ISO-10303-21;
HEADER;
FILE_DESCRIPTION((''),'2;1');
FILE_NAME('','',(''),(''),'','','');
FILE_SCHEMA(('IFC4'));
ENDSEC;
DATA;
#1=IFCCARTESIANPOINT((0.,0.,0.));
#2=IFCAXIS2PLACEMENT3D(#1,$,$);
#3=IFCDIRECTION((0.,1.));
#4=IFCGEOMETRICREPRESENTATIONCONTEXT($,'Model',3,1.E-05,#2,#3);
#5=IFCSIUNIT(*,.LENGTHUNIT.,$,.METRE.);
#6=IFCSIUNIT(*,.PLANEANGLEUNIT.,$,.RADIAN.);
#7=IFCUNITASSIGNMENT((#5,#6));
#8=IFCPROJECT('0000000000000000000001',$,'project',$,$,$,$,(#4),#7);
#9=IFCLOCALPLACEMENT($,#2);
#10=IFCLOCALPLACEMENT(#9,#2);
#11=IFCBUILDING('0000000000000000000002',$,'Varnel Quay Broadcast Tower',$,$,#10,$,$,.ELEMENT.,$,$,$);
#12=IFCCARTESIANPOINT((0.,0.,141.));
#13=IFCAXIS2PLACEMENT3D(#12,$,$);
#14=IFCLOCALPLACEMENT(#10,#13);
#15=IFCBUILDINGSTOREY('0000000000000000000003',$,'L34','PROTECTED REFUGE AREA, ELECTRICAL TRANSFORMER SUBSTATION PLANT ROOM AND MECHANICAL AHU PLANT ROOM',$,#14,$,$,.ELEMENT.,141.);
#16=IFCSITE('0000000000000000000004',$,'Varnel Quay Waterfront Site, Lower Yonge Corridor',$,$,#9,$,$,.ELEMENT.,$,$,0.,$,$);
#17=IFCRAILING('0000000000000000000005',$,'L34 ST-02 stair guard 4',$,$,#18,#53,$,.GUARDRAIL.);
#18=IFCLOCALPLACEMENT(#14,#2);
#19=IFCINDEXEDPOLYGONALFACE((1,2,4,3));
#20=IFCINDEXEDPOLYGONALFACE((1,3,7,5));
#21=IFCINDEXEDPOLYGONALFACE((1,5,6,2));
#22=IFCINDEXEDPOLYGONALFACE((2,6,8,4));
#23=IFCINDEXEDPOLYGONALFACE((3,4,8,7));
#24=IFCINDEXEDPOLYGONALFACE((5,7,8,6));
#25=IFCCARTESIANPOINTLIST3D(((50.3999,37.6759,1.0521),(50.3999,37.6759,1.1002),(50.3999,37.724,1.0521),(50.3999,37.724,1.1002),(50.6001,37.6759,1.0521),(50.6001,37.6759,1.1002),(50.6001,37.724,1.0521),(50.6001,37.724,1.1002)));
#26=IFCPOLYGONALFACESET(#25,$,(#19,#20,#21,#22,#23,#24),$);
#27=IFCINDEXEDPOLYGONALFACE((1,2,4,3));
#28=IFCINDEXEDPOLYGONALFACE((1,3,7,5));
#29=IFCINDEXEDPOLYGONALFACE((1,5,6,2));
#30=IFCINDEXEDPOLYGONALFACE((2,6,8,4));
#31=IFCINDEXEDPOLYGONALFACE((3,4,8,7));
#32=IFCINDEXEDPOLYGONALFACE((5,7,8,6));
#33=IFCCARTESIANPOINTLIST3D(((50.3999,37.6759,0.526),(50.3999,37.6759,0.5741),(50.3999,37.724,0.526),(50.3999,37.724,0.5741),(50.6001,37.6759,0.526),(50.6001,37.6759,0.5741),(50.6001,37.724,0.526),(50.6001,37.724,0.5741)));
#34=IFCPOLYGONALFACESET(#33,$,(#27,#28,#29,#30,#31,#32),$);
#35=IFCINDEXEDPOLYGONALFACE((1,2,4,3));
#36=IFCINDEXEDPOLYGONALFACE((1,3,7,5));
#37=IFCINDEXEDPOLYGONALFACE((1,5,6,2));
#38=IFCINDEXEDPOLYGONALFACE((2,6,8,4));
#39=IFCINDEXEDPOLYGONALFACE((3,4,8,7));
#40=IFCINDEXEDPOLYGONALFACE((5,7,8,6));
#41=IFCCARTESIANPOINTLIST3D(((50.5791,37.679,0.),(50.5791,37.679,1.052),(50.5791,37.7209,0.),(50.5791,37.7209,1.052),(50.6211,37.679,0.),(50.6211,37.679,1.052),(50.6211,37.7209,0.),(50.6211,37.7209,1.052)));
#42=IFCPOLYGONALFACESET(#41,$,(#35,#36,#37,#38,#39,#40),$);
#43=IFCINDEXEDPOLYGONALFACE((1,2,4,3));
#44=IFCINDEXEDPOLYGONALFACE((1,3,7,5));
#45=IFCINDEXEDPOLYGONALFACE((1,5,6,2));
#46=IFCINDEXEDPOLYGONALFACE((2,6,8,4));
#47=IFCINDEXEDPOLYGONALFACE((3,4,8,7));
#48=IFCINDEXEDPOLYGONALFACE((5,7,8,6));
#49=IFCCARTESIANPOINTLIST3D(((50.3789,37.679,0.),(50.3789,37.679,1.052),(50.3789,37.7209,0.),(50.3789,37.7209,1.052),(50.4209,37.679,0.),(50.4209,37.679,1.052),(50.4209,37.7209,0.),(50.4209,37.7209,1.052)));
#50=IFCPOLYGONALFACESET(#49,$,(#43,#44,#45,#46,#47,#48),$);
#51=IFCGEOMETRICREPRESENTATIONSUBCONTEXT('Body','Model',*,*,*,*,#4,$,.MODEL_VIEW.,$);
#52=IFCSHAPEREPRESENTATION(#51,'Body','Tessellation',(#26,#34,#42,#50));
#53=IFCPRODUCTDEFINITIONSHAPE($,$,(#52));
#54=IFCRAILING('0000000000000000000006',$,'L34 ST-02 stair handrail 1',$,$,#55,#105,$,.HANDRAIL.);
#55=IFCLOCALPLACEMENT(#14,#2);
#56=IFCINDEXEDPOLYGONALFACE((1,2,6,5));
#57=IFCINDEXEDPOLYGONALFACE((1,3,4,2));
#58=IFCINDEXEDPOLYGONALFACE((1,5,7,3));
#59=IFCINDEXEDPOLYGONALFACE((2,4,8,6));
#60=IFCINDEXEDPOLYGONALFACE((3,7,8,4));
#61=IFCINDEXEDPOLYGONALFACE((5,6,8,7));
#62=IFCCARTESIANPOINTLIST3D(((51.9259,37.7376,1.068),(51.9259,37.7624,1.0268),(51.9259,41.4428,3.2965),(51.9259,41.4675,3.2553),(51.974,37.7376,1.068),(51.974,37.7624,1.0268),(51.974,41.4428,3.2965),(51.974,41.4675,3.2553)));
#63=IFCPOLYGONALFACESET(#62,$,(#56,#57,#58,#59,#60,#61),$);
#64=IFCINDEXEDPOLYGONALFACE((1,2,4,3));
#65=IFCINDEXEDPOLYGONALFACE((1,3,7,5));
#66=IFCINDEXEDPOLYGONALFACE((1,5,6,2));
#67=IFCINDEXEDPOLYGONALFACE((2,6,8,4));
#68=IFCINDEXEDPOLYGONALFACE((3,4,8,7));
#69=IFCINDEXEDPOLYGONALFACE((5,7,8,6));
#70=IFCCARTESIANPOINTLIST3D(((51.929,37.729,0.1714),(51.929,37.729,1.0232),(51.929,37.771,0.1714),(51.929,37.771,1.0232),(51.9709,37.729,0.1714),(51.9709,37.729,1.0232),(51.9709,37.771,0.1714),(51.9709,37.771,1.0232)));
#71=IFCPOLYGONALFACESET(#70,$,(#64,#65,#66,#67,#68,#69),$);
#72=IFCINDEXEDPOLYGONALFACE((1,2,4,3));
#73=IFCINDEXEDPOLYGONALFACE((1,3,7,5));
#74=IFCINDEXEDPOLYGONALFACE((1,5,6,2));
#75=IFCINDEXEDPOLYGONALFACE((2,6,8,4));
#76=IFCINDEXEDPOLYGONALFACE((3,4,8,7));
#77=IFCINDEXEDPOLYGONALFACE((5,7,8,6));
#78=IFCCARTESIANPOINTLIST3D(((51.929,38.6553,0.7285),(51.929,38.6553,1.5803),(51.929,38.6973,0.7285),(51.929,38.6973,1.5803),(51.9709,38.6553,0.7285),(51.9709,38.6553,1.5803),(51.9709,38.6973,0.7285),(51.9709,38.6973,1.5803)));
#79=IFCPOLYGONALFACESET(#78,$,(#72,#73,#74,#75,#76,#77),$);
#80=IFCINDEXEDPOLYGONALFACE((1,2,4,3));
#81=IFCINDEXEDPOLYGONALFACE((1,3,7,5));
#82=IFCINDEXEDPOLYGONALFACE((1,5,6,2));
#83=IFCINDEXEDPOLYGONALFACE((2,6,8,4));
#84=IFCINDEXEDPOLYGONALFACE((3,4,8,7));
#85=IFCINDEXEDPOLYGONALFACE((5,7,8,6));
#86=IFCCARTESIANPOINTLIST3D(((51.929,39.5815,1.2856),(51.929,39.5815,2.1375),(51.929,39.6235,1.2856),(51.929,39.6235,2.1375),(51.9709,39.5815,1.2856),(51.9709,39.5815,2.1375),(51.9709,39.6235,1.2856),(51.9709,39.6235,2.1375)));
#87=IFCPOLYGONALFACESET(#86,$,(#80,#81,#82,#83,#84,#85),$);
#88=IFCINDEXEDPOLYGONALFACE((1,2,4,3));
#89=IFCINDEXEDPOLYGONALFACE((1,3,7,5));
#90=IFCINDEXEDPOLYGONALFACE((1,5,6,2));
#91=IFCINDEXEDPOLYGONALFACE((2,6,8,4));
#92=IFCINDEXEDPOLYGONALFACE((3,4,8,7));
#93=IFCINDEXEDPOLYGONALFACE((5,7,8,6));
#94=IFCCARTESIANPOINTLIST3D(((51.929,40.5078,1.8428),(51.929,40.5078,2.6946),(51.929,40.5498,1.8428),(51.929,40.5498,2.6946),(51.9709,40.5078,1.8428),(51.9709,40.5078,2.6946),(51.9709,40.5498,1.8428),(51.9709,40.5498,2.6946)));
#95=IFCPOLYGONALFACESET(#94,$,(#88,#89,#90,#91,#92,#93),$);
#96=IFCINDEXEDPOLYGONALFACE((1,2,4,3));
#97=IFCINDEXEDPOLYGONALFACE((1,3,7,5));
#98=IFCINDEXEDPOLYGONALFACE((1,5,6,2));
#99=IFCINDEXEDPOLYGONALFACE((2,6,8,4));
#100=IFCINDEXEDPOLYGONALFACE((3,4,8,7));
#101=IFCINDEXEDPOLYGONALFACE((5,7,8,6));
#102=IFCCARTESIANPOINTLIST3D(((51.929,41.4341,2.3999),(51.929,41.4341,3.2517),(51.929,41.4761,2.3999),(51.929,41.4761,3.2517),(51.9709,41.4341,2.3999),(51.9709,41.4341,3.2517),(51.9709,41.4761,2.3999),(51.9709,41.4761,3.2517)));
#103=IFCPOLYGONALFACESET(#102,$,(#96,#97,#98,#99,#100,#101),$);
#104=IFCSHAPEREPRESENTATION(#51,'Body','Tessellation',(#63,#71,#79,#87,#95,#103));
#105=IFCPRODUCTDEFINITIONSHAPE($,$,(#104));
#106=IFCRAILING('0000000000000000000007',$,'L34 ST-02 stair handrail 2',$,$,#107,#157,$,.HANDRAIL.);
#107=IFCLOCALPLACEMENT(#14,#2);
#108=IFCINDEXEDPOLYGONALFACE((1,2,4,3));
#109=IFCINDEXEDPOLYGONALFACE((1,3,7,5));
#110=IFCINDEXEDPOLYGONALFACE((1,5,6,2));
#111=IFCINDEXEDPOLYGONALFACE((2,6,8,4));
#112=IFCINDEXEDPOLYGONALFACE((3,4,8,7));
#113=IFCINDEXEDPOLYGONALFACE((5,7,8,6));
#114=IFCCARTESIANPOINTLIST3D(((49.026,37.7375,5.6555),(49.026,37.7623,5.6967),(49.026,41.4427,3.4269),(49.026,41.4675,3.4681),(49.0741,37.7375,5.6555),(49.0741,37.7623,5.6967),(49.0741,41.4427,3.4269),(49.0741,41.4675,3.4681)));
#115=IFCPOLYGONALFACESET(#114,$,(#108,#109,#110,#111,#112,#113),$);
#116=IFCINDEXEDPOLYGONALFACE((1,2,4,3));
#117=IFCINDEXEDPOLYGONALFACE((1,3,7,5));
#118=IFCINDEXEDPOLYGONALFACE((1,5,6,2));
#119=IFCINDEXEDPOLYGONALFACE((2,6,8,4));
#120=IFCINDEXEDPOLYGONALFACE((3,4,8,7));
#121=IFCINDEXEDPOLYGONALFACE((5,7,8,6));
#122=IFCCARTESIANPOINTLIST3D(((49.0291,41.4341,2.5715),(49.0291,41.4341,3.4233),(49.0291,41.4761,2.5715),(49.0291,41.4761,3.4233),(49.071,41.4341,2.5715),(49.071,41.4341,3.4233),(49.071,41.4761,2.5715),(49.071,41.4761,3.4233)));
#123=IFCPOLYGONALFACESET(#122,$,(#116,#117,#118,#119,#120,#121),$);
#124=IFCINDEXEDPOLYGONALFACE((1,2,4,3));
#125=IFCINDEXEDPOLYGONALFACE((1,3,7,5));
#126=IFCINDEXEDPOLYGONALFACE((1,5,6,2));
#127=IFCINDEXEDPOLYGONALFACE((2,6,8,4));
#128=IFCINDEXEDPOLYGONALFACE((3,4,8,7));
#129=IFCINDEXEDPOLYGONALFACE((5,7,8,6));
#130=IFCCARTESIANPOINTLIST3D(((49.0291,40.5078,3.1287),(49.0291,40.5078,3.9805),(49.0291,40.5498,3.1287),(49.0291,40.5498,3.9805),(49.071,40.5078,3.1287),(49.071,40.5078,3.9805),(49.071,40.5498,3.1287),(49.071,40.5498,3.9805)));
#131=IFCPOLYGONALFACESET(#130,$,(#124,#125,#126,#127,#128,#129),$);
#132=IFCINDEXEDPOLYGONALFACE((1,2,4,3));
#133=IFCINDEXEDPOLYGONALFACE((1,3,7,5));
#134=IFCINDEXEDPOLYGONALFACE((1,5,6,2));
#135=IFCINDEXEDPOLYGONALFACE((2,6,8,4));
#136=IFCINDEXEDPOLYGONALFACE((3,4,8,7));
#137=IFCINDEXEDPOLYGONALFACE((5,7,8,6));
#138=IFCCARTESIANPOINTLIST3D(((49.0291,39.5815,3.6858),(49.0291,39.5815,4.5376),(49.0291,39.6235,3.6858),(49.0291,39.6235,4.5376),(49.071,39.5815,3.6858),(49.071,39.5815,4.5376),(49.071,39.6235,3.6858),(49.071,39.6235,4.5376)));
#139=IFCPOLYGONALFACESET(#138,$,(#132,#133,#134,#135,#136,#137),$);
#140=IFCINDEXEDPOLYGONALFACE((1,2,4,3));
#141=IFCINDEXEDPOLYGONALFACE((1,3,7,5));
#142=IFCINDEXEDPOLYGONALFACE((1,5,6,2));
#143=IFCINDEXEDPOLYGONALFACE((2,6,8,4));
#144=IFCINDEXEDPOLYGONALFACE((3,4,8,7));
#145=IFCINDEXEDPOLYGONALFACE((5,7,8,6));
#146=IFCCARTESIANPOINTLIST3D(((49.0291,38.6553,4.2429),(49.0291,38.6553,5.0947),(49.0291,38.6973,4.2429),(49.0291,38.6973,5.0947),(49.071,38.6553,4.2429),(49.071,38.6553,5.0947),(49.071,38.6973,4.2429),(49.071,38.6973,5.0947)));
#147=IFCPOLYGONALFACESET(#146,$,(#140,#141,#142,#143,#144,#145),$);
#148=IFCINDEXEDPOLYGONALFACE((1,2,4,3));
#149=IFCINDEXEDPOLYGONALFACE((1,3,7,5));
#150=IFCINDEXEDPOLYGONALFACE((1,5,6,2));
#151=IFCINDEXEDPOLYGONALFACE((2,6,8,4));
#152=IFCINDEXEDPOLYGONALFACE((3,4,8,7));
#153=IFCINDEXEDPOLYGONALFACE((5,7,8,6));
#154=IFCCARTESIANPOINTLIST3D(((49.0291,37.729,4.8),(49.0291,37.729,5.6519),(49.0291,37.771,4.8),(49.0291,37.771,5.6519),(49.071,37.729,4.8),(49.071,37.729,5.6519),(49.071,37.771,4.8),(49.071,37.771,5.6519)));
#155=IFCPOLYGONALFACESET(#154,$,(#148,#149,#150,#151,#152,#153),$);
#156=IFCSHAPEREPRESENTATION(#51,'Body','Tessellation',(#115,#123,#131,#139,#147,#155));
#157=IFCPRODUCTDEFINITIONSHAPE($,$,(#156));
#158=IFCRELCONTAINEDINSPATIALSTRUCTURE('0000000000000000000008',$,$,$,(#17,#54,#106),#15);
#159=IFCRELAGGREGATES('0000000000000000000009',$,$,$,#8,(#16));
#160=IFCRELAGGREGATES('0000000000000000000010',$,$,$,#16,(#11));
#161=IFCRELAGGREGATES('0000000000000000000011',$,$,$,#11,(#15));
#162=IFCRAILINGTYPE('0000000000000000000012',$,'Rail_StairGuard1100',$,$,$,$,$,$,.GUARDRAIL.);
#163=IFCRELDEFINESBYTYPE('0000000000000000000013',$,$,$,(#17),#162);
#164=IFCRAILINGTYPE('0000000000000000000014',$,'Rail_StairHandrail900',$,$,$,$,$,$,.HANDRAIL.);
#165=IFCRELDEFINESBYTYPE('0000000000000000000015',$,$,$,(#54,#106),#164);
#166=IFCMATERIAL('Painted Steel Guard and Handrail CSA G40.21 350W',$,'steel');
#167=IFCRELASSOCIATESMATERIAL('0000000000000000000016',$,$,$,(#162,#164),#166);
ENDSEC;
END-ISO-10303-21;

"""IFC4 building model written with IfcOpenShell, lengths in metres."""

from ifc_helpers import new_model, si_unit, direction, frame, origin, origin_2d, place, context, subcontext, project, spatial, rectangle, extrude, material, type_object, element, save


model = new_model("IFC4")

# Units and contexts
model_context = context("Model", 3, precision=1e-05, world=origin(), true_north=direction((0.0, 1.0)))
body_context = subcontext(model_context, "Body", "Model", "MODEL_VIEW")
ifc_project = project(units=[si_unit("LENGTHUNIT", "METRE"), si_unit("PLANEANGLEUNIT", "RADIAN")], contexts=[model_context])

# Site, building, storey
site_placement = place(None, origin())
site = spatial("IfcSite", under=ifc_project, at=site_placement, Name="Varnel Quay Waterfront Site, Lower Yonge Corridor", CompositionType="ELEMENT", RefElevation=0.0)
building_placement = place(site_placement, origin())
building = spatial("IfcBuilding", under=site, at=building_placement, Name="Varnel Quay Broadcast Tower", CompositionType="ELEMENT")
storey_placement = place(building_placement, frame((0.0, 0.0, 141.0)))
storey = spatial("IfcBuildingStorey", under=building, at=storey_placement, Name="L34", Description="PROTECTED REFUGE AREA, ELECTRICAL TRANSFORMER SUBSTATION PLANT ROOM AND MECHANICAL AHU PLANT ROOM", CompositionType="ELEMENT", Elevation=141.0)

# Railings
ifc_material_1 = material(Name="Painted Steel Guard and Handrail CSA G40.21 350W", Category="steel")
railing_type_1 = type_object("IfcRailingType", Name="Rail_StairGuard1100", PredefinedType="GUARDRAIL", material=ifc_material_1)
railing_1_placement = place(storey_placement, frame((50.6001, 37.7, 0.0)))
element("IfcRailing", 1, at=railing_1_placement, inside=storey, type_object=railing_type_1, Name="L34 ST-02 stair guard 4", PredefinedType="GUARDRAIL", context=body_context, shape_type="SweptSolid", body=[
    extrude(rectangle(XDim=0.0481, YDim=0.0481, at=origin_2d()), frame((0.0, 0.0, 1.0762), z_axis=(-1.0, 0.0, 0.0), x_axis=(0.0, -1.0, 0.0)), (0.0, 0.0, 1.0), 0.2002),
    extrude(rectangle(XDim=0.0481, YDim=0.0481, at=origin_2d()), frame((0.0, 0.0, 0.55), z_axis=(-1.0, 0.0, 0.0), x_axis=(0.0, -1.0, 0.0)), (0.0, 0.0, 1.0), 0.2002),
    extrude(rectangle(XDim=0.042, YDim=0.042, at=origin_2d()), origin(), (0.0, 0.0, 1.0), 1.052),
    extrude(rectangle(XDim=0.042, YDim=0.042, at=origin_2d()), frame((-0.2002, 0.0, 0.0)), (0.0, 0.0, 1.0), 1.052),
])
railing_type_2 = type_object("IfcRailingType", Name="Rail_StairHandrail900", PredefinedType="HANDRAIL", material=ifc_material_1)
railing_2_placement = place(storey_placement, frame((51.95, 37.75, 0.1714)))
element("IfcRailing", 2, at=railing_2_placement, inside=storey, type_object=railing_type_2, Name="L34 ST-02 stair handrail 1", PredefinedType="HANDRAIL", context=body_context, shape_type="SweptSolid", body=[
    extrude(rectangle(XDim=0.0481, YDim=0.0481, at=origin_2d()), frame((0.0, 0.0, 0.876), z_axis=(0.0, 0.856934, 0.515425), x_axis=(-1.0, 0.0, 0.0)), (0.0, 0.0, 1.0), 4.3237),
    extrude(rectangle(XDim=0.042, YDim=0.042, at=origin_2d()), origin(), (0.0, 0.0, 1.0), 0.8518),
    extrude(rectangle(XDim=0.042, YDim=0.042, at=origin_2d()), frame((0.0, 0.9263, 0.5571)), (0.0, 0.0, 1.0), 0.8518),
    extrude(rectangle(XDim=0.042, YDim=0.042, at=origin_2d()), frame((0.0, 1.8525, 1.1143)), (0.0, 0.0, 1.0), 0.8518),
    extrude(rectangle(XDim=0.042, YDim=0.042, at=origin_2d()), frame((0.0, 2.7788, 1.6714)), (0.0, 0.0, 1.0), 0.8518),
    extrude(rectangle(XDim=0.042, YDim=0.042, at=origin_2d()), frame((0.0, 3.7051, 2.2285)), (0.0, 0.0, 1.0), 0.8518),
])
railing_3_placement = place(storey_placement, frame((49.05, 41.4551, 2.5715)))
element("IfcRailing", 3, at=railing_3_placement, inside=storey, type_object=railing_type_2, Name="L34 ST-02 stair handrail 2", PredefinedType="HANDRAIL", context=body_context, shape_type="SweptSolid", body=[
    extrude(rectangle(XDim=0.0481, YDim=0.0481, at=origin_2d()), frame((0.0, 0.0, 0.876), z_axis=(0.0, -0.856934, 0.515425), x_axis=(1.0, 0.0, 0.0)), (0.0, 0.0, 1.0), 4.3237),
    extrude(rectangle(XDim=0.042, YDim=0.042, at=origin_2d()), origin(), (0.0, 0.0, 1.0), 0.8518),
    extrude(rectangle(XDim=0.042, YDim=0.042, at=origin_2d()), frame((0.0, -0.9263, 0.5571)), (0.0, 0.0, 1.0), 0.8518),
    extrude(rectangle(XDim=0.042, YDim=0.042, at=origin_2d()), frame((0.0, -1.8525, 1.1143)), (0.0, 0.0, 1.0), 0.8518),
    extrude(rectangle(XDim=0.042, YDim=0.042, at=origin_2d()), frame((0.0, -2.7788, 1.6714)), (0.0, 0.0, 1.0), 0.8518),
    extrude(rectangle(XDim=0.042, YDim=0.042, at=origin_2d()), frame((0.0, -3.7051, 2.2285)), (0.0, 0.0, 1.0), 0.8518),
])

save(model, "model.ifc")
